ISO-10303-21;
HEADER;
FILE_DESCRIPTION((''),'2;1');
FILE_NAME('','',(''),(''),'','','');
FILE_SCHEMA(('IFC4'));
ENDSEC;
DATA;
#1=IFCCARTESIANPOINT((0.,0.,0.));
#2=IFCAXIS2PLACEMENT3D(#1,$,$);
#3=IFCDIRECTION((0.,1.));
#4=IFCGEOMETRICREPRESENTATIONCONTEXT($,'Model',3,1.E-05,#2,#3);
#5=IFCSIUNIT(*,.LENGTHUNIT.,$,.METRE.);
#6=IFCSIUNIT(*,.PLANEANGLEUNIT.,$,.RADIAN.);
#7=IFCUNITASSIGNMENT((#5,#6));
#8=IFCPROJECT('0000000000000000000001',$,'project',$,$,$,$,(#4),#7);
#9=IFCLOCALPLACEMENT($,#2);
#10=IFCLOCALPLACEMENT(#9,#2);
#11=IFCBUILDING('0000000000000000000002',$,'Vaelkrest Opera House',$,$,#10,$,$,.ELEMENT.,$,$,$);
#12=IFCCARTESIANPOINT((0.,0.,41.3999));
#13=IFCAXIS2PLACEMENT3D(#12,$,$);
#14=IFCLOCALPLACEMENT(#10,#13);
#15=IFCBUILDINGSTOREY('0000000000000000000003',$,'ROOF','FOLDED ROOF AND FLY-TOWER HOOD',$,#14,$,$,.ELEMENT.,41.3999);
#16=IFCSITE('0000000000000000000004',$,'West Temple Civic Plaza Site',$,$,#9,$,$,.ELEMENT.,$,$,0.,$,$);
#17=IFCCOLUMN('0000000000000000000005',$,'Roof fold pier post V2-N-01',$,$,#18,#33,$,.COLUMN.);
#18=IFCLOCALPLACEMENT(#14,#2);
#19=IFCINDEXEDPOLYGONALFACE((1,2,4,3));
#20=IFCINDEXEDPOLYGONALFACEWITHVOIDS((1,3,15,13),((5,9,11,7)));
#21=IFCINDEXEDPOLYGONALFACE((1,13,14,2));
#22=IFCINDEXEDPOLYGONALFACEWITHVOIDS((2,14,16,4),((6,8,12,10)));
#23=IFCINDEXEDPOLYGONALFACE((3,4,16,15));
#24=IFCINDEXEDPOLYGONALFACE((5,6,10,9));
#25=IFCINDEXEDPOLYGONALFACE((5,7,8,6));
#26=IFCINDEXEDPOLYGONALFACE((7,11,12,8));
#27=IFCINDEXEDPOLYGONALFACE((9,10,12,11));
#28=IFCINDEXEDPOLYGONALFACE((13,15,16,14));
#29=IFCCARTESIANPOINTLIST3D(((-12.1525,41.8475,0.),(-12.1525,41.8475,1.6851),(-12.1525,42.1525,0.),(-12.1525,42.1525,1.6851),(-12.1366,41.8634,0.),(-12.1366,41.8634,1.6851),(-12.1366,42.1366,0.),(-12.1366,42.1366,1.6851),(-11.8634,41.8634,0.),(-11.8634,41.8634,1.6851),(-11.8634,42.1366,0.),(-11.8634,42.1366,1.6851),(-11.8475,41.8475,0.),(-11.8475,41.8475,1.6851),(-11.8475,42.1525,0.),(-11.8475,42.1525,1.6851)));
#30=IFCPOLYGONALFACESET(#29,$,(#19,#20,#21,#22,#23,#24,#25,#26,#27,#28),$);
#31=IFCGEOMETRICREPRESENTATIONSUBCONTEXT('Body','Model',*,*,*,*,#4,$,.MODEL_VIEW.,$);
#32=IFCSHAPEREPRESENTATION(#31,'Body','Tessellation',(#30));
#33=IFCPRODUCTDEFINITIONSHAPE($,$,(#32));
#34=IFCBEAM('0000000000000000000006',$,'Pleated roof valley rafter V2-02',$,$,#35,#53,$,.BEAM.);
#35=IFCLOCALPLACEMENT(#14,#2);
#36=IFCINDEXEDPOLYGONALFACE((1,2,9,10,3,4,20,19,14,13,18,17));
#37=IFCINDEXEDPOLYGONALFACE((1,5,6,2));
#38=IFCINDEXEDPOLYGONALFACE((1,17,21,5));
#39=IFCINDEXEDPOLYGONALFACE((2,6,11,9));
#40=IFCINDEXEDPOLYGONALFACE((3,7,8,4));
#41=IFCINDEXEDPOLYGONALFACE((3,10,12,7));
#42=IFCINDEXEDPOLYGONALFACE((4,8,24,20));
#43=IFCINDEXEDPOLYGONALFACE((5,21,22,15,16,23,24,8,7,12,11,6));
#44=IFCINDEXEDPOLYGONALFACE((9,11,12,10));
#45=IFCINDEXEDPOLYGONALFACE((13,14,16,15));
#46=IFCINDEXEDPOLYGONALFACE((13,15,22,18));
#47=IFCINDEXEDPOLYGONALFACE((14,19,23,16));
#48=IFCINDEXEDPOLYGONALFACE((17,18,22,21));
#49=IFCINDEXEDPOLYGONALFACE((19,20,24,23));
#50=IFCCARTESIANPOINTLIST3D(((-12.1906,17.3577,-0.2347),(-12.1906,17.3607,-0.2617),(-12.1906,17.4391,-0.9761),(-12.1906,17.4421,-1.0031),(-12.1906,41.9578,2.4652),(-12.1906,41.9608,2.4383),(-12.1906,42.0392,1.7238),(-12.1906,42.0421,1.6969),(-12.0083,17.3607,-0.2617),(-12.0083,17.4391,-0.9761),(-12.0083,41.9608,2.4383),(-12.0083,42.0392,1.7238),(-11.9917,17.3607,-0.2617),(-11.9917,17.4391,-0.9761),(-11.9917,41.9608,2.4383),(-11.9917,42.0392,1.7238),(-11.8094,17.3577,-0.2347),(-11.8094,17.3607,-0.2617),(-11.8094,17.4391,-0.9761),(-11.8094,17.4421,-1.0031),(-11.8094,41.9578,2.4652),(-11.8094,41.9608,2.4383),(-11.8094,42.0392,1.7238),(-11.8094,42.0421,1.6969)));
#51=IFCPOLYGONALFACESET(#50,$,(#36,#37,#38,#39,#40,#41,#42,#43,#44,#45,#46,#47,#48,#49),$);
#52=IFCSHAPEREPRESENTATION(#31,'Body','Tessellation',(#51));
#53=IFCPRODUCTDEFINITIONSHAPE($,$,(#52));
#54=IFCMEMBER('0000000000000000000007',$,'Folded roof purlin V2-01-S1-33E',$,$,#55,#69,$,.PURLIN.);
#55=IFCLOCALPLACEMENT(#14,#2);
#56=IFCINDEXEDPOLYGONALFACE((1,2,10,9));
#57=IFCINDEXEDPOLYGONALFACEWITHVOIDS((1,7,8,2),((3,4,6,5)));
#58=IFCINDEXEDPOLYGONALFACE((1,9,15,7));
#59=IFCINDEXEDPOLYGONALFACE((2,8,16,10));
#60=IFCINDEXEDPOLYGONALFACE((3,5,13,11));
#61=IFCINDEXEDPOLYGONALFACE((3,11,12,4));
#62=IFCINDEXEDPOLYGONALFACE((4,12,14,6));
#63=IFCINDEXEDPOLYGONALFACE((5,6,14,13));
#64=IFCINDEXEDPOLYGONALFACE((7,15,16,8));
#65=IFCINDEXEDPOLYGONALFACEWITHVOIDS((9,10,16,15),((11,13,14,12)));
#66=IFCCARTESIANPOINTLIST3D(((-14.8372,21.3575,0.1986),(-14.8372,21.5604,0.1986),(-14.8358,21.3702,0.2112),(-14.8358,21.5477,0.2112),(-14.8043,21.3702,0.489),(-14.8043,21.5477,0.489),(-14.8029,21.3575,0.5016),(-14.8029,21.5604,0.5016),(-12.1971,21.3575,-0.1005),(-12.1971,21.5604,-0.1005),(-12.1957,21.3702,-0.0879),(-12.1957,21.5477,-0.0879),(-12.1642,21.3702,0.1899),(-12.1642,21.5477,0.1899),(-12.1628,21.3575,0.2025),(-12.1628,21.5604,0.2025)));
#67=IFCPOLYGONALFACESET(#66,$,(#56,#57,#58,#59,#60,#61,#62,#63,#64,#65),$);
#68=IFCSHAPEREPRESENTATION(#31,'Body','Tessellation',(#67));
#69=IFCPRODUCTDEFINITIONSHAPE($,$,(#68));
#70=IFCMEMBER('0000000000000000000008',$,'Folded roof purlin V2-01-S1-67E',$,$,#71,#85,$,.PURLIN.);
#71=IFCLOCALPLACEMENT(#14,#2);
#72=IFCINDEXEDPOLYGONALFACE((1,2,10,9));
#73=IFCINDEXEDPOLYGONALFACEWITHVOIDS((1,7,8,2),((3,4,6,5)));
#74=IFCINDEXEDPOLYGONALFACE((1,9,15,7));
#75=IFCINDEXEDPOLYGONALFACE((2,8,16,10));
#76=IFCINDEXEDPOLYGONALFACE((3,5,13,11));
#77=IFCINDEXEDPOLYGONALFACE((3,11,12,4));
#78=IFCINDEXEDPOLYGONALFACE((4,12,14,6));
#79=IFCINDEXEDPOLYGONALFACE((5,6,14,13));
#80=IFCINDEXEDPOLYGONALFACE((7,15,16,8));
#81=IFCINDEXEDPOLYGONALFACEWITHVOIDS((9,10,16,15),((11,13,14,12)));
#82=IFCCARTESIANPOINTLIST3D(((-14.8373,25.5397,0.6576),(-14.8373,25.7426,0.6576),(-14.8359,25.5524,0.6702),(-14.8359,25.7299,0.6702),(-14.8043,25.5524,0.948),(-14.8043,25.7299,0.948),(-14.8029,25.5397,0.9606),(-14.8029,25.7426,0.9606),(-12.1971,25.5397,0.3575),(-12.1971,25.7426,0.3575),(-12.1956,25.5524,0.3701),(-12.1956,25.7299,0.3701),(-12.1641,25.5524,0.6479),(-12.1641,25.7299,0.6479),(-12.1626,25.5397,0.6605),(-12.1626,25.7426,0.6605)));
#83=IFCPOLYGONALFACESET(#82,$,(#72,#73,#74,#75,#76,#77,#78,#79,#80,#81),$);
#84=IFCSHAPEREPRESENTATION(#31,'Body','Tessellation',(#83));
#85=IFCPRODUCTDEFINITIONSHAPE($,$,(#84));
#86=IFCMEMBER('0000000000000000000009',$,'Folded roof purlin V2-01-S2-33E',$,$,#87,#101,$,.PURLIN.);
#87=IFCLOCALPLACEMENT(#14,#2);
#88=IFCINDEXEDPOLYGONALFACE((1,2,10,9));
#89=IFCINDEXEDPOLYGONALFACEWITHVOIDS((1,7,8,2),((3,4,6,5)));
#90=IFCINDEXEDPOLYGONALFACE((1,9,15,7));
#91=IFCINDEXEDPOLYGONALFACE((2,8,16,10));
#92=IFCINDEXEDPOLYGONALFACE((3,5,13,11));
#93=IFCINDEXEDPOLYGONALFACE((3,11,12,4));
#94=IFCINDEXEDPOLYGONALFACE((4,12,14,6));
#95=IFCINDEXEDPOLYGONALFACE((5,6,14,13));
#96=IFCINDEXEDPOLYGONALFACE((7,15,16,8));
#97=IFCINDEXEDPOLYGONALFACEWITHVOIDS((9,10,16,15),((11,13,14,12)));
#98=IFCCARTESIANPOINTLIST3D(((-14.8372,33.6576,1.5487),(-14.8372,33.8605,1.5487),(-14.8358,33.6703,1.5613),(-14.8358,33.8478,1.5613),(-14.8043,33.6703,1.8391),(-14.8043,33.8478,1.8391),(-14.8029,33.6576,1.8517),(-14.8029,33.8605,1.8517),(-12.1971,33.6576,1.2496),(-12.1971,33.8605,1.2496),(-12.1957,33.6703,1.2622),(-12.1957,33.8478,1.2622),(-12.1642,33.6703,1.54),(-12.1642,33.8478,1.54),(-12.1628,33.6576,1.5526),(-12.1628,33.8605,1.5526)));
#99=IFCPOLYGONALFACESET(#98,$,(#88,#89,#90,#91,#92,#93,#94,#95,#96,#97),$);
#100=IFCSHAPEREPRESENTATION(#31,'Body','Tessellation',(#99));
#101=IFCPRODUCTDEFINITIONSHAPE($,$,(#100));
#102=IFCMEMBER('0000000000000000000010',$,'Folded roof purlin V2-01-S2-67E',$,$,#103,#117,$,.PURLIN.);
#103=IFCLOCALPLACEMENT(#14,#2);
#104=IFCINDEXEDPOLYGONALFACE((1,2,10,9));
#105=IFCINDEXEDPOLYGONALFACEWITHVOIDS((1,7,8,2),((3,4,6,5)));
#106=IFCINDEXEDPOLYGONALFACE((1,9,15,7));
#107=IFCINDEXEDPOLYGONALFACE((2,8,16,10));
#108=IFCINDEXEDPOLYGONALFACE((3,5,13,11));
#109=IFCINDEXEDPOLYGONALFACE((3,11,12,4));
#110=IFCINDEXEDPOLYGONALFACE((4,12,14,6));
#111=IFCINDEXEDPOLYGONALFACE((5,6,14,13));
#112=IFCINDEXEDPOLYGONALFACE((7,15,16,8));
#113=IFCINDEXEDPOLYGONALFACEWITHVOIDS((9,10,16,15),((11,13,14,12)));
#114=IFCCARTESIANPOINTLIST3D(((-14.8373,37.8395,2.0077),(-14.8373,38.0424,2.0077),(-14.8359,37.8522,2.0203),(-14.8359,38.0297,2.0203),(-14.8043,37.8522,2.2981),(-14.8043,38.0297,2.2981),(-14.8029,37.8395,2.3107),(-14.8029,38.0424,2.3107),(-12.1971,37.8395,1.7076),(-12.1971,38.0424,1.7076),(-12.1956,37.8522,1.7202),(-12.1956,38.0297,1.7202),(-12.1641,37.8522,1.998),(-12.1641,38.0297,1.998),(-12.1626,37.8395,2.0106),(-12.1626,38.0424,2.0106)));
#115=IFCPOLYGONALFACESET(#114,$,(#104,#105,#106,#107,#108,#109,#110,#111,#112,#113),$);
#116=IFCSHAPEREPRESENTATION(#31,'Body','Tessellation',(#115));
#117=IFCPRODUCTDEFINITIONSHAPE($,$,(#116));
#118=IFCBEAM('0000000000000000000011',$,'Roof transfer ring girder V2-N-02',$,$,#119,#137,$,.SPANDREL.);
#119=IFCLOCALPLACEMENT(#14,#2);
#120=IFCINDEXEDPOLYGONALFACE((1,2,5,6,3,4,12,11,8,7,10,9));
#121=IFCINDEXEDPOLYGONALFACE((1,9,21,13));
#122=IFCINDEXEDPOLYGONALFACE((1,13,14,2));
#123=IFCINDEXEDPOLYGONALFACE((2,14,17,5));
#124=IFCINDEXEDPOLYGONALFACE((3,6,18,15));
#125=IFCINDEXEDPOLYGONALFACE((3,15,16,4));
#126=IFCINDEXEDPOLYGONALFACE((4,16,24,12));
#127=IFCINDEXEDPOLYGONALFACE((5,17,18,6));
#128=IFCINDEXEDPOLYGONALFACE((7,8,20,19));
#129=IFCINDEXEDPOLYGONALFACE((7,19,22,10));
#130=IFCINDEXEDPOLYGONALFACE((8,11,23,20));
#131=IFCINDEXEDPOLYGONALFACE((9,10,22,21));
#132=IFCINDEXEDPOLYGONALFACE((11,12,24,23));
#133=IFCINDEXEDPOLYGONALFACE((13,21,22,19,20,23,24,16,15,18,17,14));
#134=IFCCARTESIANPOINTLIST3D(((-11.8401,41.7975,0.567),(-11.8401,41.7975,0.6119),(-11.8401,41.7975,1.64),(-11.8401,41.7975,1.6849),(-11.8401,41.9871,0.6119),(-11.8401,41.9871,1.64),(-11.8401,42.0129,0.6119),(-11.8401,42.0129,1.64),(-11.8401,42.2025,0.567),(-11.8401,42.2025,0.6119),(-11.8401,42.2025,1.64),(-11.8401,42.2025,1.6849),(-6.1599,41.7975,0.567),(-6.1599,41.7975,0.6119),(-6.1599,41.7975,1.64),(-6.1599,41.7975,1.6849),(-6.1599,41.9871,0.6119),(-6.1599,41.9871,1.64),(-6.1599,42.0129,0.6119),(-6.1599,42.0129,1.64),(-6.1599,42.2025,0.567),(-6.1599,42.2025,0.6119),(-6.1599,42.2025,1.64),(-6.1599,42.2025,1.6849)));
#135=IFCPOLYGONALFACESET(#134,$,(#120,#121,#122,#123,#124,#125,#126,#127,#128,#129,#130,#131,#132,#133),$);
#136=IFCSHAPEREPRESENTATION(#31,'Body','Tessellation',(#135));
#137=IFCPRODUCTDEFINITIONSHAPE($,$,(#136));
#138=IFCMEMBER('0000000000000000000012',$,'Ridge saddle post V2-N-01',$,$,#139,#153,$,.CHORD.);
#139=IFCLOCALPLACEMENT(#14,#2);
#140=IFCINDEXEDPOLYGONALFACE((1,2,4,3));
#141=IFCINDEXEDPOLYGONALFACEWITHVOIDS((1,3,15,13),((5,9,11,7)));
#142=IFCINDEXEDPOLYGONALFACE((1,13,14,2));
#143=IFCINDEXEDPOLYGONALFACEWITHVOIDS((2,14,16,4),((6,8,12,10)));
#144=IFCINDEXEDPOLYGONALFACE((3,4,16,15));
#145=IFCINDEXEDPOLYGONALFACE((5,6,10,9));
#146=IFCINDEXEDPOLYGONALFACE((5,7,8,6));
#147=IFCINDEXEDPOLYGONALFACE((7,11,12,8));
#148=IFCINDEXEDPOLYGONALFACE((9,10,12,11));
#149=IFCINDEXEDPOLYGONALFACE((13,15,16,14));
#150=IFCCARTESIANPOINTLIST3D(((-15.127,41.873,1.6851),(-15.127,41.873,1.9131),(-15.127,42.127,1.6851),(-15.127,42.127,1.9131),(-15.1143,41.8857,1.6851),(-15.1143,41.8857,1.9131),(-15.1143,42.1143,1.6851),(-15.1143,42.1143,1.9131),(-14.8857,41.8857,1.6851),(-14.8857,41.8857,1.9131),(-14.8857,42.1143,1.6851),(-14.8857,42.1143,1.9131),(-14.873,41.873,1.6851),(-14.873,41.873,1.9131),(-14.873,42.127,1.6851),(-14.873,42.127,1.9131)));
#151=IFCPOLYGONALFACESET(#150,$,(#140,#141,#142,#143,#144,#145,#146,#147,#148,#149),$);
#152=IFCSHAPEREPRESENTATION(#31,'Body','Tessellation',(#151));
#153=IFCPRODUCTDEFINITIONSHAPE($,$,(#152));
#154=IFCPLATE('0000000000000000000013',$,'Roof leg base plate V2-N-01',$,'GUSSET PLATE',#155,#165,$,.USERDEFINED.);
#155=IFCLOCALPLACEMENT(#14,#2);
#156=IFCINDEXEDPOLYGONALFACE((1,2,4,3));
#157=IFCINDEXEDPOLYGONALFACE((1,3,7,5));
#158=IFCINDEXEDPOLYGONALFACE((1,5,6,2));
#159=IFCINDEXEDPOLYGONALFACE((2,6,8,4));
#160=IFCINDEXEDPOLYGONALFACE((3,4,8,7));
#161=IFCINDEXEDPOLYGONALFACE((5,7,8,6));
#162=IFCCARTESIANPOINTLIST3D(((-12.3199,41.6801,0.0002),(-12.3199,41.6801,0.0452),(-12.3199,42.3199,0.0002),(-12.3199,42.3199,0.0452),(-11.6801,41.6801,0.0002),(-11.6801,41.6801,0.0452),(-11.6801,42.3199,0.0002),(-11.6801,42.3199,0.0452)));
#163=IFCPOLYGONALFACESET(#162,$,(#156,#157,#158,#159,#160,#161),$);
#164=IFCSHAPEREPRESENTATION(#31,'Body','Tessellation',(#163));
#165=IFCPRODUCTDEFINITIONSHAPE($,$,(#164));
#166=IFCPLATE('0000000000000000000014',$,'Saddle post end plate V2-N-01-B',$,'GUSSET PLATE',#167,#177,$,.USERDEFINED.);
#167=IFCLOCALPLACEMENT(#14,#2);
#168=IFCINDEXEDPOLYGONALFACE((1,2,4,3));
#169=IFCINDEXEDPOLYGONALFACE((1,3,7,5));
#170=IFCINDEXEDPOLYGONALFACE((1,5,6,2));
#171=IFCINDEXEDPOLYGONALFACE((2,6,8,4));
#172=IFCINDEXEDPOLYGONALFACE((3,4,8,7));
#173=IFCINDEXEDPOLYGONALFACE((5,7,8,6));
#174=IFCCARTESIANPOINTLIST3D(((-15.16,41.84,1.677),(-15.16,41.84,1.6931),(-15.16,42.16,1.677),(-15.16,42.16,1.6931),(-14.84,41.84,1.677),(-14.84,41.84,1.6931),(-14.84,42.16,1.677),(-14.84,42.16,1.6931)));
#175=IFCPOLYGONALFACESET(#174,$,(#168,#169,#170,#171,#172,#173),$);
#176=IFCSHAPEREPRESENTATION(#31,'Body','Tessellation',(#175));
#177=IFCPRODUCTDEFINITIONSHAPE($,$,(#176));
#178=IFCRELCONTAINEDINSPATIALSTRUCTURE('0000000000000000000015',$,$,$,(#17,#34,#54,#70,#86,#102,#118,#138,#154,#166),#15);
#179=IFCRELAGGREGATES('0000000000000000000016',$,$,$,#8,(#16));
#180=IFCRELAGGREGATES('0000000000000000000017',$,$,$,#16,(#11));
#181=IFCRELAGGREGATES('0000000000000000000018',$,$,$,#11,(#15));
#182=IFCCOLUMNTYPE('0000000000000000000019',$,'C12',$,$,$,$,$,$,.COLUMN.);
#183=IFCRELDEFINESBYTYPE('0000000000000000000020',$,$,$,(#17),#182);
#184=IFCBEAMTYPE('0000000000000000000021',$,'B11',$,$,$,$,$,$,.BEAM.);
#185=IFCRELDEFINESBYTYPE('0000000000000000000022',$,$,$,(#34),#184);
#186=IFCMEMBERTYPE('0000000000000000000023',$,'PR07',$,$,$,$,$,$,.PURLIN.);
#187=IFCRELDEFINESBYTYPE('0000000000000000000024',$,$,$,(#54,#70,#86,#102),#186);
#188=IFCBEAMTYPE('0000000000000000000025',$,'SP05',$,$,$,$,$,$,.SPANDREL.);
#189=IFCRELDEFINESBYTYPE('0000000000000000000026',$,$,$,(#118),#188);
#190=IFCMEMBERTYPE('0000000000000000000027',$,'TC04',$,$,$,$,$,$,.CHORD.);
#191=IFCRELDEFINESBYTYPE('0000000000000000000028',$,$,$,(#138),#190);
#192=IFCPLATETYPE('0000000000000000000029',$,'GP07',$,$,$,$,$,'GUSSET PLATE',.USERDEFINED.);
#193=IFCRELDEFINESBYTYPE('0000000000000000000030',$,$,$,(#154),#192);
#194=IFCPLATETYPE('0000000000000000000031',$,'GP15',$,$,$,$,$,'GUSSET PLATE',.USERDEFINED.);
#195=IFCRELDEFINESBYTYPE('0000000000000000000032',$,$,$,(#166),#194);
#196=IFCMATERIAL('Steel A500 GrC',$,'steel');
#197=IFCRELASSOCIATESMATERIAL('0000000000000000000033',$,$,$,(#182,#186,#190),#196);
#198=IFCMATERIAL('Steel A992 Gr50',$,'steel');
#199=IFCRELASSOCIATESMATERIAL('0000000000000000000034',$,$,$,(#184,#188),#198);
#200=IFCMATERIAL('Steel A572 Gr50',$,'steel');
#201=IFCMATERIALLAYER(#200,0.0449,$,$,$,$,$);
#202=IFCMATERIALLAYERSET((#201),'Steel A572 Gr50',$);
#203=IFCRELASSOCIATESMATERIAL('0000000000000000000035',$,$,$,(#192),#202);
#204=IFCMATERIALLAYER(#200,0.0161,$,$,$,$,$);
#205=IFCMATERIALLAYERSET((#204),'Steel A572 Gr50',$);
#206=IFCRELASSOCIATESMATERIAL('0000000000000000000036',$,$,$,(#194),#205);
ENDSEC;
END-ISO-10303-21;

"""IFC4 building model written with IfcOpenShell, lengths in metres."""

from ifc_helpers import new_model, si_unit, direction, frame, origin, origin_2d, place, context, subcontext, project, spatial, rectangle, hollow_rectangle, i_section, extrude, material, layer, layer_set, material_profile, profile_set, type_object, element, save


model = new_model("IFC4")

# Units and contexts
model_context = context("Model", 3, precision=1e-05, world=origin(), true_north=direction((0.0, 1.0)))
body_context = subcontext(model_context, "Body", "Model", "MODEL_VIEW")
ifc_project = project(units=[si_unit("LENGTHUNIT", "METRE"), si_unit("PLANEANGLEUNIT", "RADIAN")], contexts=[model_context])

# Site, building, storey
site_placement = place(None, origin())
site = spatial("IfcSite", under=ifc_project, at=site_placement, Name="West Temple Civic Plaza Site", CompositionType="ELEMENT", RefElevation=0.0)
building_placement = place(site_placement, origin())
building = spatial("IfcBuilding", under=site, at=building_placement, Name="Vaelkrest Opera House", CompositionType="ELEMENT")
storey_placement = place(building_placement, frame((0.0, 0.0, 41.3999)))
storey = spatial("IfcBuildingStorey", under=building, at=storey_placement, Name="ROOF", Description="FOLDED ROOF AND FLY-TOWER HOOD", CompositionType="ELEMENT", Elevation=41.3999)

# Column
ifc_material_1 = material(Name="Steel A500 GrC", Category="steel")
ifc_material_profile_1 = material_profile(ifc_material_1, hollow_rectangle(XDim=0.3049, YDim=0.3049, WallThickness=0.0159, at=origin_2d()), Name="HSS305X305X15.9")
ifc_profile_set_1 = profile_set([ifc_material_profile_1], Name="Steel A500 GrC")
column_type = type_object("IfcColumnType", Name="C12", PredefinedType="COLUMN", material=ifc_profile_set_1)
column_placement = place(storey_placement, frame((-12.0, 42.0, 0.0), z_axis=(0.0, 0.0, 1.0), x_axis=(1.0, 0.0, 0.0)))
element("IfcColumn", 1, at=column_placement, inside=storey, type_object=column_type, Name="Roof fold pier post V2-N-01", PredefinedType="COLUMN", context=body_context, shape_type="SweptSolid", body=[
    extrude(hollow_rectangle(XDim=0.3049, YDim=0.3049, WallThickness=0.0159, at=origin_2d()), origin(), (0.0, 0.0, 1.0), 1.6851),
])

# Beam
ifc_material_2 = material(Name="Steel A992 Gr50", Category="steel")
ifc_material_profile_2 = material_profile(ifc_material_2, i_section(OverallWidth=0.3811, OverallDepth=0.7729, WebThickness=0.0166, FlangeThickness=0.0271, at=origin_2d()), Name="W30X173")
ifc_profile_set_2 = profile_set([ifc_material_profile_2], Name="Steel A992 Gr50")
beam_type_1 = type_object("IfcBeamType", Name="B11", PredefinedType="BEAM", material=ifc_profile_set_2)
beam_1_placement = place(storey_placement, frame((-12.0, 17.3999, -0.6189), z_axis=(0.0, 0.994031, 0.109099), x_axis=(-1.0, 0.0, 0.0)))
element("IfcBeam", 2, at=beam_1_placement, inside=storey, type_object=beam_type_1, Name="Pleated roof valley rafter V2-02", PredefinedType="BEAM", context=body_context, shape_type="SweptSolid", body=[
    extrude(i_section(OverallWidth=0.3811, OverallDepth=0.7729, WebThickness=0.0166, FlangeThickness=0.0271, at=origin_2d()), origin(), (0.0, 0.0, 1.0), 24.7478),
])

# Members
ifc_material_profile_3 = material_profile(ifc_material_1, hollow_rectangle(XDim=0.2029, YDim=0.3049, WallThickness=0.0127, at=origin_2d()), Name="HSS305X203X12.7")
ifc_profile_set_3 = profile_set([ifc_material_profile_3], Name="Steel A500 GrC")
member_type_1 = type_object("IfcMemberType", Name="PR07", PredefinedType="PURLIN", material=ifc_profile_set_3)
member_1_placement = place(storey_placement, frame((-14.8201, 21.459, 0.3501), z_axis=(0.993645, 0.0, -0.112559), x_axis=(0.0, 1.0, 0.0)))
element("IfcMember", 3, at=member_1_placement, inside=storey, type_object=member_type_1, Name="Folded roof purlin V2-01-S1-33E", PredefinedType="PURLIN", context=body_context, shape_type="SweptSolid", body=[
    extrude(hollow_rectangle(XDim=0.2029, YDim=0.3049, WallThickness=0.0127, at=origin_2d()), origin(), (0.0, 0.0, 1.0), 2.657),
])
member_2_placement = place(storey_placement, frame((-14.8201, 25.6411, 0.8091), z_axis=(0.993604, 0.0, -0.112922), x_axis=(0.0, 1.0, 0.0)))
element("IfcMember", 4, at=member_2_placement, inside=storey, type_object=member_type_1, Name="Folded roof purlin V2-01-S1-67E", PredefinedType="PURLIN", context=body_context, shape_type="SweptSolid", body=[
    extrude(hollow_rectangle(XDim=0.2029, YDim=0.3049, WallThickness=0.0127, at=origin_2d()), origin(), (0.0, 0.0, 1.0), 2.6572),
])
member_3_placement = place(storey_placement, frame((-14.8201, 33.759, 1.7002), z_axis=(0.993645, 0.0, -0.112559), x_axis=(0.0, 1.0, 0.0)))
element("IfcMember", 5, at=member_3_placement, inside=storey, type_object=member_type_1, Name="Folded roof purlin V2-01-S2-33E", PredefinedType="PURLIN", context=body_context, shape_type="SweptSolid", body=[
    extrude(hollow_rectangle(XDim=0.2029, YDim=0.3049, WallThickness=0.0127, at=origin_2d()), origin(), (0.0, 0.0, 1.0), 2.657),
])
member_4_placement = place(storey_placement, frame((-14.8201, 37.9409, 2.1592), z_axis=(0.993604, 0.0, -0.112922), x_axis=(0.0, 1.0, 0.0)))
element("IfcMember", 6, at=member_4_placement, inside=storey, type_object=member_type_1, Name="Folded roof purlin V2-01-S2-67E", PredefinedType="PURLIN", context=body_context, shape_type="SweptSolid", body=[
    extrude(hollow_rectangle(XDim=0.2029, YDim=0.3049, WallThickness=0.0127, at=origin_2d()), origin(), (0.0, 0.0, 1.0), 2.6572),
])

# Beam
ifc_material_profile_4 = material_profile(ifc_material_2, i_section(OverallWidth=0.405, OverallDepth=1.1179, WebThickness=0.0259, FlangeThickness=0.0449, at=origin_2d()), Name="W44X335")
ifc_profile_set_4 = profile_set([ifc_material_profile_4], Name="Steel A992 Gr50")
beam_type_2 = type_object("IfcBeamType", Name="SP05", PredefinedType="SPANDREL", material=ifc_profile_set_4)
beam_2_placement = place(storey_placement, frame((-11.8401, 42.0, 1.126), z_axis=(1.0, 0.0, 0.0), x_axis=(0.0, 1.0, 0.0)))
element("IfcBeam", 7, at=beam_2_placement, inside=storey, type_object=beam_type_2, Name="Roof transfer ring girder V2-N-02", PredefinedType="SPANDREL", context=body_context, shape_type="SweptSolid", body=[
    extrude(i_section(OverallWidth=0.405, OverallDepth=1.1179, WebThickness=0.0259, FlangeThickness=0.0449, at=origin_2d()), origin(), (0.0, 0.0, 1.0), 5.6802),
])

# Member
ifc_material_profile_5 = material_profile(ifc_material_1, hollow_rectangle(XDim=0.2539, YDim=0.2539, WallThickness=0.0127, at=origin_2d()), Name="HSS254X254X12.7")
ifc_profile_set_5 = profile_set([ifc_material_profile_5], Name="Steel A500 GrC")
member_type_2 = type_object("IfcMemberType", Name="TC04", PredefinedType="CHORD", material=ifc_profile_set_5)
member_5_placement = place(storey_placement, frame((-15.0, 42.0, 1.6851), z_axis=(0.0, 0.0, 1.0), x_axis=(1.0, 0.0, 0.0)))
element("IfcMember", 8, at=member_5_placement, inside=storey, type_object=member_type_2, Name="Ridge saddle post V2-N-01", PredefinedType="CHORD", context=body_context, shape_type="SweptSolid", body=[
    extrude(hollow_rectangle(XDim=0.2539, YDim=0.2539, WallThickness=0.0127, at=origin_2d()), origin(), (0.0, 0.0, 1.0), 0.228),
])

# Plates
ifc_material_3 = material(Name="Steel A572 Gr50", Category="steel")
ifc_layer_1 = layer(ifc_material_3, 0.0449)
ifc_layer_set_1 = layer_set([ifc_layer_1], Name="Steel A572 Gr50")
plate_type_1 = type_object("IfcPlateType", Name="GP07", ElementType="GUSSET PLATE", PredefinedType="USERDEFINED", material=ifc_layer_set_1)
plate_placement = place(storey_placement, frame((-12.0, 42.0, 0.0002), z_axis=(0.0, 0.0, 1.0), x_axis=(1.0, 0.0, 0.0)))
element("IfcPlate", 9, at=plate_placement, inside=storey, type_object=plate_type_1, Name="Roof leg base plate V2-N-01", ObjectType="GUSSET PLATE", PredefinedType="USERDEFINED", context=body_context, shape_type="SweptSolid", body=[
    extrude(rectangle(XDim=0.6399, YDim=0.6399, at=origin_2d()), origin(), (0.0, 0.0, 1.0), 0.0449),
])
ifc_layer_2 = layer(ifc_material_3, 0.0161)
ifc_layer_set_2 = layer_set([ifc_layer_2], Name="Steel A572 Gr50")
plate_type_2 = type_object("IfcPlateType", Name="GP15", ElementType="GUSSET PLATE", PredefinedType="USERDEFINED", material=ifc_layer_set_2)
for number, where, z_axis, x_axis, name in (
    (10, (-15.0, 42.0, 1.677), (0.0, 0.0, 1.0), (1.0, 0.0, 0.0), "Saddle post end plate V2-N-01-B"),
):
    element("IfcPlate", number, at=place(storey_placement, frame(where, z_axis=z_axis, x_axis=x_axis)), inside=storey, type_object=plate_type_2, Name=name, ObjectType="GUSSET PLATE", PredefinedType="USERDEFINED", context=body_context, shape_type="SweptSolid", body=[
        extrude(rectangle(XDim=0.3201, YDim=0.3201, at=origin_2d()), origin(), (0.0, 0.0, 1.0), 0.0161),
    ])

save(model, "model.ifc")
